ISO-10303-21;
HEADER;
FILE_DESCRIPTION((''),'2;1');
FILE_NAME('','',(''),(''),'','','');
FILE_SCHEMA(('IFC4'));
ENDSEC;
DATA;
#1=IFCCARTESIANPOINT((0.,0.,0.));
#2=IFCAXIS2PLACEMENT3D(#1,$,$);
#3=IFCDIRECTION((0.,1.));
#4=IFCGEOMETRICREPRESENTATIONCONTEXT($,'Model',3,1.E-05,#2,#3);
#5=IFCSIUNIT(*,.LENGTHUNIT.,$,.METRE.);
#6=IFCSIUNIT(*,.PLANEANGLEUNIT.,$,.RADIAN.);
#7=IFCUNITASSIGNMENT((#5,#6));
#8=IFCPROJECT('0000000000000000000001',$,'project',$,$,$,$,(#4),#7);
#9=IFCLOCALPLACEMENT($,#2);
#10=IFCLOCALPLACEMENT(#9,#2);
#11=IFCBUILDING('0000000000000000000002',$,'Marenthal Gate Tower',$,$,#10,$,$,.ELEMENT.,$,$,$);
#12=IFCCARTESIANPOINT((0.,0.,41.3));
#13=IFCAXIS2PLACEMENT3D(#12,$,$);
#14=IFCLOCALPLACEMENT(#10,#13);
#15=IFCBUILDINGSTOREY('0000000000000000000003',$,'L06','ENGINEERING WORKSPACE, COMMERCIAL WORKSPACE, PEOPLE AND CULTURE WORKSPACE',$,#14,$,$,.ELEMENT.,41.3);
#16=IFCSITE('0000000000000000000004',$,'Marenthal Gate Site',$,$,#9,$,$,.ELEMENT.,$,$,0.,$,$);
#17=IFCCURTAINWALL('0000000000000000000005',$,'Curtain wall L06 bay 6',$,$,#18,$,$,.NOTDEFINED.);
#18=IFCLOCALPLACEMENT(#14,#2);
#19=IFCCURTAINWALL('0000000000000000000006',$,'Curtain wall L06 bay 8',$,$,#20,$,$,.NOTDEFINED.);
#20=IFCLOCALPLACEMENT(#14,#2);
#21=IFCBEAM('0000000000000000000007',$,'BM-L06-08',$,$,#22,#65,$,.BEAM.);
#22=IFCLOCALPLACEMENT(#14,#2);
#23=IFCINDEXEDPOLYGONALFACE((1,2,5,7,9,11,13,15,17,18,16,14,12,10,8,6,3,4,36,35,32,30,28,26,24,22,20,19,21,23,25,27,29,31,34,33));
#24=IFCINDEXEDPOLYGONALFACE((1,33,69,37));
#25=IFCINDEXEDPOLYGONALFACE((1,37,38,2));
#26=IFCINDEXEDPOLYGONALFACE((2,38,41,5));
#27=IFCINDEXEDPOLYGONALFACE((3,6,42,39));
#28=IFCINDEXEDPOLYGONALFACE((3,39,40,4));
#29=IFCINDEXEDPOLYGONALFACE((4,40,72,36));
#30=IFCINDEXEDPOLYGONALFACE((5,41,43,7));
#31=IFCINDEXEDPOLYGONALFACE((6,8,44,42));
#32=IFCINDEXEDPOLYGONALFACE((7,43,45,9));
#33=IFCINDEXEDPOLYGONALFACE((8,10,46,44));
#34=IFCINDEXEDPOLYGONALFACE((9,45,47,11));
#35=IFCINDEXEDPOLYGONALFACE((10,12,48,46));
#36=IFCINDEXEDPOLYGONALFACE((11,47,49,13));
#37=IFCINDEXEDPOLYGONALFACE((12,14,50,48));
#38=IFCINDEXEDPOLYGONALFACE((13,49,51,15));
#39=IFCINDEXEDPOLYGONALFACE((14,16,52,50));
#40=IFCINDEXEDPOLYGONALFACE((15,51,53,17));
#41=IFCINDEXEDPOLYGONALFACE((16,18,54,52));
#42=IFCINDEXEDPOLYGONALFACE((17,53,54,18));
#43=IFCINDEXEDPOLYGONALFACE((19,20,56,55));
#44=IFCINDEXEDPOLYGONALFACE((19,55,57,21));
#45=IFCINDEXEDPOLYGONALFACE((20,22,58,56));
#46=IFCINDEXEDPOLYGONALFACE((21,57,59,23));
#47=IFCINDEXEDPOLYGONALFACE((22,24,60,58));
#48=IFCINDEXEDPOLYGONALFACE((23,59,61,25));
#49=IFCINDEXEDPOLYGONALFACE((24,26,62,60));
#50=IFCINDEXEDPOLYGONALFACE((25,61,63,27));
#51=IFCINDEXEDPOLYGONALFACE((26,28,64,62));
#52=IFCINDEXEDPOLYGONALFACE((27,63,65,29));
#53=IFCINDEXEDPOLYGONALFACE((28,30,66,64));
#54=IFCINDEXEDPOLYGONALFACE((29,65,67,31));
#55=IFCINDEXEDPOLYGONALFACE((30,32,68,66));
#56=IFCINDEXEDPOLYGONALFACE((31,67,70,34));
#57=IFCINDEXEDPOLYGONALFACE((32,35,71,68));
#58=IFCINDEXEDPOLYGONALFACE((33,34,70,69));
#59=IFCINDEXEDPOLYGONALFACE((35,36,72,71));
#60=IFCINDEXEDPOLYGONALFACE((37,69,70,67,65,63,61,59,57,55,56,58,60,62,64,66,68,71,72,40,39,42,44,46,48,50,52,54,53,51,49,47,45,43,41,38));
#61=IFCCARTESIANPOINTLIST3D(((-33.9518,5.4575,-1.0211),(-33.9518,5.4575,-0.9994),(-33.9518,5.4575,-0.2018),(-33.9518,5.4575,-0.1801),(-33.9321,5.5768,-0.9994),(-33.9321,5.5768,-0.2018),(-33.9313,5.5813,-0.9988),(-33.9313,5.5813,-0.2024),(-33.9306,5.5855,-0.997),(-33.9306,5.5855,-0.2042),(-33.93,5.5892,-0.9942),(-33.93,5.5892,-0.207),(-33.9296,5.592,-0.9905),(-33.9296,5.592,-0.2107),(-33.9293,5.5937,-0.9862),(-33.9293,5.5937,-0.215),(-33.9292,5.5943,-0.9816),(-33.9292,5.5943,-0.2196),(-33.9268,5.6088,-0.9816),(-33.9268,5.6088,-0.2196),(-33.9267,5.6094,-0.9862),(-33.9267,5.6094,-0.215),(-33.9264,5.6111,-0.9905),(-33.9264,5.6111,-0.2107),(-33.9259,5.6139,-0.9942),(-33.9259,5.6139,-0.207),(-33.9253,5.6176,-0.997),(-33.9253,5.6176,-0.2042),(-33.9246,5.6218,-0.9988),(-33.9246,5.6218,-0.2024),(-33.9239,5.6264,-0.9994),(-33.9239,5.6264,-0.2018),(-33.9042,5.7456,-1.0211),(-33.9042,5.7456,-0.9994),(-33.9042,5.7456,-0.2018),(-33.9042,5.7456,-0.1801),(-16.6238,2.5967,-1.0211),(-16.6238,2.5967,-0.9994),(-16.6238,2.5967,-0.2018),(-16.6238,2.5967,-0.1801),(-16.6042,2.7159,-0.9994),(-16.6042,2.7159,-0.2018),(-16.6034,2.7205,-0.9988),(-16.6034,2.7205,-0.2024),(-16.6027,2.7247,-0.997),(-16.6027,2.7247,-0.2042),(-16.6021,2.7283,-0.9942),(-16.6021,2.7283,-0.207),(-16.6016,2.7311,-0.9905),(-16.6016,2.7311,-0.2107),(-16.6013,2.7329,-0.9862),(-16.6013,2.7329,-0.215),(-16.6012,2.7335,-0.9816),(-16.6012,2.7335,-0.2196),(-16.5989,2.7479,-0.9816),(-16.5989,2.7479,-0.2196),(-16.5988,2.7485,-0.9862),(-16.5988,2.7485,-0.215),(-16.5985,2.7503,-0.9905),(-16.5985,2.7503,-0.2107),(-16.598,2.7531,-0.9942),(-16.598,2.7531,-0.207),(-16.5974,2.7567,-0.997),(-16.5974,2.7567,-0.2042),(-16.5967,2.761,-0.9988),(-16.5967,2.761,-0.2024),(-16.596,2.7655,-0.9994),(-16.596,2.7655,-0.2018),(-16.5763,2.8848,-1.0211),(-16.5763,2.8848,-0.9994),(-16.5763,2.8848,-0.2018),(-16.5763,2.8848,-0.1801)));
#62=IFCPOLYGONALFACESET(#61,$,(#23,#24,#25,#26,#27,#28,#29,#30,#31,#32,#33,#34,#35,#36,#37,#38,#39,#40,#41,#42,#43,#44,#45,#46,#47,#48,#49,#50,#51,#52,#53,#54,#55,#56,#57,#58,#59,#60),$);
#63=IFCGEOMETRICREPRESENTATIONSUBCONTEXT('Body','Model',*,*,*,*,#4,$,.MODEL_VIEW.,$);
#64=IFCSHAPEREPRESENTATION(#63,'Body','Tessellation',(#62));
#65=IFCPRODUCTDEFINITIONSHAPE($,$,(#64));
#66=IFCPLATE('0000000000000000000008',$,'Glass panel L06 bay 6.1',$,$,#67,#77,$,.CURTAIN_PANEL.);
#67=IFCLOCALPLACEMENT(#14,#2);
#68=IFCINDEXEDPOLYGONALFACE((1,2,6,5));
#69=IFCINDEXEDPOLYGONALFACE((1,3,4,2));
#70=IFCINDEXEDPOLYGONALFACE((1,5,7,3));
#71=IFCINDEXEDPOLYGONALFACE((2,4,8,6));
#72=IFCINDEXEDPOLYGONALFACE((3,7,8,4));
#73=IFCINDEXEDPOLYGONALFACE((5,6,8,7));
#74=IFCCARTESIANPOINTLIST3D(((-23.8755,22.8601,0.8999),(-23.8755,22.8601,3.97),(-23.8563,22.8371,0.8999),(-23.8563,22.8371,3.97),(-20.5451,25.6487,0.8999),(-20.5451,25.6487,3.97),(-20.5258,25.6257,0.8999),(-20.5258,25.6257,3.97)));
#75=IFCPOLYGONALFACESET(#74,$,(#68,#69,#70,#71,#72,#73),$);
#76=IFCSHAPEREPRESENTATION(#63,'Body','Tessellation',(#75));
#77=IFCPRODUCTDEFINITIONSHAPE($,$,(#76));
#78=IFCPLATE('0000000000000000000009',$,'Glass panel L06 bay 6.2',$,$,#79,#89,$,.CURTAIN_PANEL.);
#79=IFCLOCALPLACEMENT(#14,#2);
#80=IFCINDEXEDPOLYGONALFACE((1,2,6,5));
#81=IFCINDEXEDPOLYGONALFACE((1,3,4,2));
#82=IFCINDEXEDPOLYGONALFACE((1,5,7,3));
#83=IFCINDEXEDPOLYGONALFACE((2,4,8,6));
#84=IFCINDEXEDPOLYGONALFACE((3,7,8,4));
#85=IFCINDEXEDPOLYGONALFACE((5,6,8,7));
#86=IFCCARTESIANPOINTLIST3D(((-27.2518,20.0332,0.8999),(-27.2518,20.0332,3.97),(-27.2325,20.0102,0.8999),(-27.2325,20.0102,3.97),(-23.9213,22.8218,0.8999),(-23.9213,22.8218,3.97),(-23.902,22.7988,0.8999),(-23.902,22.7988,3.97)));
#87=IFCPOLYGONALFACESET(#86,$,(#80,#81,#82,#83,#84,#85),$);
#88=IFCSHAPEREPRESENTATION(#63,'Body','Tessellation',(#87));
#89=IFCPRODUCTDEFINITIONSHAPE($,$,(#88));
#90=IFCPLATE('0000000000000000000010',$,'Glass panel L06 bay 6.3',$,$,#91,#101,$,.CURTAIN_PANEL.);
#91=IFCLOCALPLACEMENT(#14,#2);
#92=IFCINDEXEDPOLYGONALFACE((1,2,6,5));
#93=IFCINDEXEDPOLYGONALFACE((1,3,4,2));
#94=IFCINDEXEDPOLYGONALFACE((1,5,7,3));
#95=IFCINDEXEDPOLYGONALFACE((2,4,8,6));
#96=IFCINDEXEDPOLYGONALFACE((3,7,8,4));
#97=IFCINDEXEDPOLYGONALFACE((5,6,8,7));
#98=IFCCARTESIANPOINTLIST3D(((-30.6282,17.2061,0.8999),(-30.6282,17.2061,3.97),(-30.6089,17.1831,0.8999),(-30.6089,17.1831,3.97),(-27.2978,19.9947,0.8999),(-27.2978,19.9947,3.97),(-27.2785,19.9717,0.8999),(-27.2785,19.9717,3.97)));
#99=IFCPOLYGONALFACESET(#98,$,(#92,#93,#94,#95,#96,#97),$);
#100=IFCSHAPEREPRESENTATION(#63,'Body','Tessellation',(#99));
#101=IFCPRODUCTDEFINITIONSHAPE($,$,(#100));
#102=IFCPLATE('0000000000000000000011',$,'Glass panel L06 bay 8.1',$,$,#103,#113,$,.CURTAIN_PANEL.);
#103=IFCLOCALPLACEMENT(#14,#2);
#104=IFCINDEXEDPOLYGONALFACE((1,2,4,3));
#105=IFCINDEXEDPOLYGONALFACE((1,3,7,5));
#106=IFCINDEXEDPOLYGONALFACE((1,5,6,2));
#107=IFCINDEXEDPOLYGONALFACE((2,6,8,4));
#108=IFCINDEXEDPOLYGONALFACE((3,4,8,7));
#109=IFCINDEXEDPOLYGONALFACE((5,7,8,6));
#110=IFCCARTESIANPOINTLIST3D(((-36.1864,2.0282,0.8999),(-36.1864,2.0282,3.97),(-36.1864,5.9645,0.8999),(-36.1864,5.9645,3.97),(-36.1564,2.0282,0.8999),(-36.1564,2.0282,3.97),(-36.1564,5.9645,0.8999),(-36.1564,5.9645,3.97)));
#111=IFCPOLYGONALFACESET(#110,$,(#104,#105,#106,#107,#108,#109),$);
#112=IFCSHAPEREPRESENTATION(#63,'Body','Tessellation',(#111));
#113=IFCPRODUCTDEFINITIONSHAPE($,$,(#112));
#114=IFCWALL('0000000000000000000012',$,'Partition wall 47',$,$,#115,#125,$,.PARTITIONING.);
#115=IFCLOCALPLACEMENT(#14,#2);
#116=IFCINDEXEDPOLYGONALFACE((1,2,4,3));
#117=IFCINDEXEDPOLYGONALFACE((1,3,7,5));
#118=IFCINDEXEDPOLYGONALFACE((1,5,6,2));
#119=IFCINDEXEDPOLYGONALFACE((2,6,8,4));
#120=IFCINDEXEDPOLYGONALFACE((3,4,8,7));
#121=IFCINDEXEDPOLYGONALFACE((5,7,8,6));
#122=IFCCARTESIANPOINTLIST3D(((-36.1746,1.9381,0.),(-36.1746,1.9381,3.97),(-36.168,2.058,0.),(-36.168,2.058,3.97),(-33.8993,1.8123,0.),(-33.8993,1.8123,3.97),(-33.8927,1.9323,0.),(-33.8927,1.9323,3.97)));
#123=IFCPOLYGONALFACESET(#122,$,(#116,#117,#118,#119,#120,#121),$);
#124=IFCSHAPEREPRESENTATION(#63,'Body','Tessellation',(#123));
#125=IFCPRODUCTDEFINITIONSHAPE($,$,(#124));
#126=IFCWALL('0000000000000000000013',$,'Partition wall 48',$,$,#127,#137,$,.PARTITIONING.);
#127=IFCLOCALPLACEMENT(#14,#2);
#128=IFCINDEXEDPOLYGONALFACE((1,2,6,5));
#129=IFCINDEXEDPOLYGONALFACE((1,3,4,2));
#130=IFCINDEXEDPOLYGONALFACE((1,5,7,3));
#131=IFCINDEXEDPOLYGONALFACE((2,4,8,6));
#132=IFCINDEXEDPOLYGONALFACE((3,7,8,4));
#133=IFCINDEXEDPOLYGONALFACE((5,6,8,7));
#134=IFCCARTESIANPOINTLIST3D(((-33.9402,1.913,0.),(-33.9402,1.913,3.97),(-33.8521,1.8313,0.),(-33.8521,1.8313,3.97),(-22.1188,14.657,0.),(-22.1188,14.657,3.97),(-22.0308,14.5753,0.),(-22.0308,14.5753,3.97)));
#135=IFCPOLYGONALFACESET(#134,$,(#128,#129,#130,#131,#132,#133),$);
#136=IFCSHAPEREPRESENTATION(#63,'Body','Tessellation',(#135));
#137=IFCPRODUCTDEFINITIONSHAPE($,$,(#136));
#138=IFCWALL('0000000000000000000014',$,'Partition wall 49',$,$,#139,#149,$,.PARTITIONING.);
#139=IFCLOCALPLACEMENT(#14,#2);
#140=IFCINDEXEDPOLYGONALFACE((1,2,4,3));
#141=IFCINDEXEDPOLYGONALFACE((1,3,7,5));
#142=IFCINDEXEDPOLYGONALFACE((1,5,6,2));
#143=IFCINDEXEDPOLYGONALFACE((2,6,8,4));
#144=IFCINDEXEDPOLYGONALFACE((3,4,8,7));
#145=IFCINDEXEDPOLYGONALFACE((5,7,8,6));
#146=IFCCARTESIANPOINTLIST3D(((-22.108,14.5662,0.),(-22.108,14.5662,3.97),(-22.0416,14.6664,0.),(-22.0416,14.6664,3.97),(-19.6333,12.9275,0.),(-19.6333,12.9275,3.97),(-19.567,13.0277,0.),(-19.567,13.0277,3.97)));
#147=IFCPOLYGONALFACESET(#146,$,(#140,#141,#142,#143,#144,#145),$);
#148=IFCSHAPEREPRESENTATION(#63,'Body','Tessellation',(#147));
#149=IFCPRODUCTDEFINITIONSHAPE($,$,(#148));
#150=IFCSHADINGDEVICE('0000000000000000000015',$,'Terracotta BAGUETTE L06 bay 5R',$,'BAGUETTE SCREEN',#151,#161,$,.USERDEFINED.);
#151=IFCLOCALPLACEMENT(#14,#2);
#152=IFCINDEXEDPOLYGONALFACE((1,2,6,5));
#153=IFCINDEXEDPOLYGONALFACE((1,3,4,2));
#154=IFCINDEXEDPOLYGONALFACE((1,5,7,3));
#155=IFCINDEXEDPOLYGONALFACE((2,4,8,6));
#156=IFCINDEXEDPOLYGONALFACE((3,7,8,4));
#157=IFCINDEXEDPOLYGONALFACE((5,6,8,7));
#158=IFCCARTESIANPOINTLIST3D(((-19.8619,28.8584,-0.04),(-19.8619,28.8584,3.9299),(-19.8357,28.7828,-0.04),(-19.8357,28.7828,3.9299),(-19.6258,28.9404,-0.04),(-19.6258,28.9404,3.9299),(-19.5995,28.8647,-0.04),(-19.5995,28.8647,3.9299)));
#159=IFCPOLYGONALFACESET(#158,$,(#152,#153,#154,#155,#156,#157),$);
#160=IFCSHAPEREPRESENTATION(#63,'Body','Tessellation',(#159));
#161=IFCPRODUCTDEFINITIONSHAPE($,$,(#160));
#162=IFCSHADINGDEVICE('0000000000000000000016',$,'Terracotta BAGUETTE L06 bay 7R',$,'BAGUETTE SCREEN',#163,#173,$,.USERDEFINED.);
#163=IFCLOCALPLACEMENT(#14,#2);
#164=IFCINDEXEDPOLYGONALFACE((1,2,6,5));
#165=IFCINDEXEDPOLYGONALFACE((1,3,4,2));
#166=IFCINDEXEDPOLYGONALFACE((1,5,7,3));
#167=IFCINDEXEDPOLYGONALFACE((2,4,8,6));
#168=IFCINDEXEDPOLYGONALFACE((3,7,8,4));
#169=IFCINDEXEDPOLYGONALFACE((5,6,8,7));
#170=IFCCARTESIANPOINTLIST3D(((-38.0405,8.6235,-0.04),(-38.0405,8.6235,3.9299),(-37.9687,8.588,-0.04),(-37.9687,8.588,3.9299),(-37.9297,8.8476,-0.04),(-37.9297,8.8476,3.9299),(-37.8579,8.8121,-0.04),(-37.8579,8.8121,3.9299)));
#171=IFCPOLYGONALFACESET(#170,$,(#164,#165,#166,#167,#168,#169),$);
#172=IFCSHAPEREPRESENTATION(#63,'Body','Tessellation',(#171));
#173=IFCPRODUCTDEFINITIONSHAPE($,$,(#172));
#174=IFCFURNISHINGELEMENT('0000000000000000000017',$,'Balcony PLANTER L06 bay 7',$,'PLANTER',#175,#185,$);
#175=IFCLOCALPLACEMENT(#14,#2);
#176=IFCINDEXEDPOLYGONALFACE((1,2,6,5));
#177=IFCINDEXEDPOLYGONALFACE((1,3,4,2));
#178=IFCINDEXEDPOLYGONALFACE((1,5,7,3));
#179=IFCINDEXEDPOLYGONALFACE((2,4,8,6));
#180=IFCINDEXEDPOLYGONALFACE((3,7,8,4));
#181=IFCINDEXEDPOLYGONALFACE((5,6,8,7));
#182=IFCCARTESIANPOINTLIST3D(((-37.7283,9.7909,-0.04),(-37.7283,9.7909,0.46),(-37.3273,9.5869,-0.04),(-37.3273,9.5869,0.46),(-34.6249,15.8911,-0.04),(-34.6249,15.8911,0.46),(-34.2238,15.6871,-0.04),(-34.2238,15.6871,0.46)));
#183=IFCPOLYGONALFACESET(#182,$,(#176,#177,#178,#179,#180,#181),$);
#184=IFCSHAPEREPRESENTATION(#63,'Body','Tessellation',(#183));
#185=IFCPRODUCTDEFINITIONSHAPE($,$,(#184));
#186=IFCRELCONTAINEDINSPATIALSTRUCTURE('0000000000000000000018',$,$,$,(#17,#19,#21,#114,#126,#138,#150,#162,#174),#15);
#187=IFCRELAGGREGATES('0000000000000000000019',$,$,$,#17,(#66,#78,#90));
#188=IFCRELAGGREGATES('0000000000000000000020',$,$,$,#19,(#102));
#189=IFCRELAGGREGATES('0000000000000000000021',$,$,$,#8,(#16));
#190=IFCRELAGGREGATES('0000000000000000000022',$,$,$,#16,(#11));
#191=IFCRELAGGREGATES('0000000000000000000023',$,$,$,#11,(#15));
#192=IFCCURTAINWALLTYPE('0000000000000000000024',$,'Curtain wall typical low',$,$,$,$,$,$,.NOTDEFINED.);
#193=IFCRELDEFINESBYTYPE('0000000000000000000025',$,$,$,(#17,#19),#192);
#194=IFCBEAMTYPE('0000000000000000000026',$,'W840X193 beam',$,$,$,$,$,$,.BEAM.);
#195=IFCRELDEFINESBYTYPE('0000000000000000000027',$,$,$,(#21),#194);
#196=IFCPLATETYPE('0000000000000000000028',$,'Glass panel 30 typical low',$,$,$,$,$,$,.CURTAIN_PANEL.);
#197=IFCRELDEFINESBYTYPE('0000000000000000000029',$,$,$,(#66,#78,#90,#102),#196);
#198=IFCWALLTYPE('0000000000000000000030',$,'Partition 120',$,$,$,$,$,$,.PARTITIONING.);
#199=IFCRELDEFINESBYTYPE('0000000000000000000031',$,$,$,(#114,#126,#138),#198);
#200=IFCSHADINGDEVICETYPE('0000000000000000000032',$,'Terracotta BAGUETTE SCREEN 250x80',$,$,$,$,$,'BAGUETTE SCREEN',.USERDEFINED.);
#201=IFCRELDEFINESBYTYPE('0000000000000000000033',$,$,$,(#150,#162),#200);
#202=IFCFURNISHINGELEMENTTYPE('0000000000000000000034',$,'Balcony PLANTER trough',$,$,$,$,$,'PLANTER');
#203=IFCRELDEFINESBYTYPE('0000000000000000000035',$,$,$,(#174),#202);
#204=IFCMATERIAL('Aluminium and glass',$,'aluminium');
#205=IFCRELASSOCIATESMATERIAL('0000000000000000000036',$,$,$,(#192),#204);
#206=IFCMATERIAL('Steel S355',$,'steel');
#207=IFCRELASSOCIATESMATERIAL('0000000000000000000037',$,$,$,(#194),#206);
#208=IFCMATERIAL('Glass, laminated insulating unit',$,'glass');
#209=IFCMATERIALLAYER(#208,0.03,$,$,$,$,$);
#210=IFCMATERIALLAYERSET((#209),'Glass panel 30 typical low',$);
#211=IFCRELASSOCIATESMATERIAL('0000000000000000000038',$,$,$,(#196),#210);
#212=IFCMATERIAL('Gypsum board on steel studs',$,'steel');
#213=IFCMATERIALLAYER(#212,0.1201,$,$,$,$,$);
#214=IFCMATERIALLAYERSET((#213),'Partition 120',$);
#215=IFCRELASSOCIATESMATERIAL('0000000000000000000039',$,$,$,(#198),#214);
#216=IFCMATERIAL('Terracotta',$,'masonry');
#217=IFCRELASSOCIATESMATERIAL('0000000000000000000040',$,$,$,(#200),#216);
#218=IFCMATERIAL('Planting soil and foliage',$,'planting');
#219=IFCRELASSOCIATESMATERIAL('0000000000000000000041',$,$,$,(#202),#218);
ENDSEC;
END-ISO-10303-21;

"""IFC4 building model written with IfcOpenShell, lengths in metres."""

from ifc_helpers import new_model, si_unit, direction, frame, frame_2d, origin, origin_2d, place, context, subcontext, project, spatial, rectangle, i_section, extrude, material, layer, layer_set, material_profile, profile_set, type_object, element, aggregate, save


model = new_model("IFC4")

# Units and contexts
model_context = context("Model", 3, precision=1e-05, world=origin(), true_north=direction((0.0, 1.0)))
body_context = subcontext(model_context, "Body", "Model", "MODEL_VIEW")
ifc_project = project(units=[si_unit("LENGTHUNIT", "METRE"), si_unit("PLANEANGLEUNIT", "RADIAN")], contexts=[model_context])

# Site, building, storey
site_placement = place(None, origin())
site = spatial("IfcSite", under=ifc_project, at=site_placement, Name="Marenthal Gate Site", CompositionType="ELEMENT", RefElevation=0.0)
building_placement = place(site_placement, origin())
building = spatial("IfcBuilding", under=site, at=building_placement, Name="Marenthal Gate Tower", CompositionType="ELEMENT")
storey_placement = place(building_placement, frame((0.0, 0.0, 41.3)))
storey = spatial("IfcBuildingStorey", under=building, at=storey_placement, Name="L06", Description="ENGINEERING WORKSPACE, COMMERCIAL WORKSPACE, PEOPLE AND CULTURE WORKSPACE", CompositionType="ELEMENT", Elevation=41.3)

# Curtain walls
ifc_material_1 = material(Name="Aluminium and glass", Category="aluminium")
curtain_wall_type = type_object("IfcCurtainWallType", Name="Curtain wall typical low", PredefinedType="NOTDEFINED", material=ifc_material_1)
curtain_wall_1_placement = place(storey_placement, origin())
curtain_wall_1 = element("IfcCurtainWall", 1, at=curtain_wall_1_placement, inside=storey, type_object=curtain_wall_type, Name="Curtain wall L06 bay 6", PredefinedType="NOTDEFINED")
curtain_wall_2_placement = place(storey_placement, origin())
curtain_wall_2 = element("IfcCurtainWall", 2, at=curtain_wall_2_placement, inside=storey, type_object=curtain_wall_type, Name="Curtain wall L06 bay 8", PredefinedType="NOTDEFINED")

# Beam
ifc_material_2 = material(Name="Steel S355", Category="steel")
ifc_material_profile_1 = material_profile(ifc_material_2, i_section(OverallWidth=0.292, OverallDepth=0.8411, WebThickness=0.0146, FlangeThickness=0.0217, FilletRadius=0.0178, at=origin_2d()), Name="W840X193")
ifc_profile_set_1 = profile_set([ifc_material_profile_1], Name="Steel S355")
beam_type_1 = type_object("IfcBeamType", Name="W840X193 beam", PredefinedType="BEAM", material=ifc_profile_set_1)
beam_1_placement = place(storey_placement, frame((-33.928, 5.6016, -0.6006), z_axis=(0.986643, -0.162895, 0.0), x_axis=(0.162895, 0.986643, 0.0)))
element("IfcBeam", 3, at=beam_1_placement, inside=storey, type_object=beam_type_1, Name="BM-L06-08", PredefinedType="BEAM", context=body_context, shape_type="SweptSolid", body=[
    extrude(i_section(OverallWidth=0.292, OverallDepth=0.8411, WebThickness=0.0146, FlangeThickness=0.0217, FilletRadius=0.0178, at=origin_2d()), origin(), (0.0, 0.0, 1.0), 17.5625),
])

# Plates
ifc_material_3 = material(Name="Glass, laminated insulating unit", Category="glass")
ifc_layer_1 = layer(ifc_material_3, 0.03)
ifc_layer_set_1 = layer_set([ifc_layer_1], Name="Glass panel 30 typical low")
plate_type = type_object("IfcPlateType", Name="Glass panel 30 typical low", PredefinedType="CURTAIN_PANEL", material=ifc_layer_set_1)
plate_1_placement = place(storey_placement, frame((-22.2007, 24.2429, 0.8999), z_axis=(0.0, 0.0, 1.0), x_axis=(-0.76672, -0.641982, 0.0)))
plate_1 = element("IfcPlate", 4, at=plate_1_placement, type_object=plate_type, Name="Glass panel L06 bay 6.1", PredefinedType="CURTAIN_PANEL", context=body_context, shape_type="SweptSolid", body=[
    extrude(rectangle(XDim=4.3438, YDim=0.03, at=origin_2d()), origin(), (0.0, 0.0, 1.0), 3.0701),
])
plate_2_placement = place(storey_placement, frame((-25.5769, 21.416, 0.8999), z_axis=(0.0, 0.0, 1.0), x_axis=(-0.76672, -0.641982, 0.0)))
plate_2 = element("IfcPlate", 5, at=plate_2_placement, type_object=plate_type, Name="Glass panel L06 bay 6.2", PredefinedType="CURTAIN_PANEL", context=body_context, shape_type="SweptSolid", body=[
    extrude(rectangle(XDim=4.3438, YDim=0.03, at=origin_2d()), origin(), (0.0, 0.0, 1.0), 3.0701),
])
plate_3_placement = place(storey_placement, frame((-28.9534, 18.5889, 0.8999), z_axis=(0.0, 0.0, 1.0), x_axis=(-0.76672, -0.641982, 0.0)))
plate_3 = element("IfcPlate", 6, at=plate_3_placement, type_object=plate_type, Name="Glass panel L06 bay 6.3", PredefinedType="CURTAIN_PANEL", context=body_context, shape_type="SweptSolid", body=[
    extrude(rectangle(XDim=4.3438, YDim=0.03, at=origin_2d()), origin(), (0.0, 0.0, 1.0), 3.0701),
])
aggregate(curtain_wall_1, [plate_1, plate_2, plate_3])
plate_4_placement = place(storey_placement, frame((-36.1714, 3.9963, 0.8999), z_axis=(0.0, 0.0, 1.0), x_axis=(0.0, -1.0, 0.0)))
plate_4 = element("IfcPlate", 7, at=plate_4_placement, type_object=plate_type, Name="Glass panel L06 bay 8.1", PredefinedType="CURTAIN_PANEL", context=body_context, shape_type="SweptSolid", body=[
    extrude(rectangle(XDim=3.9363, YDim=0.03, at=origin_2d()), origin(), (0.0, 0.0, 1.0), 3.0701),
])
aggregate(curtain_wall_2, [plate_4])

# Walls
ifc_material_4 = material(Name="Gypsum board on steel studs", Category="steel")
ifc_layer_2 = layer(ifc_material_4, 0.1201)
ifc_layer_set_2 = layer_set([ifc_layer_2], Name="Partition 120")
wall_type_1 = type_object("IfcWallType", Name="Partition 120", PredefinedType="PARTITIONING", material=ifc_layer_set_2)
wall_1_placement = place(storey_placement, frame((-33.896, 1.8723, 0.0), z_axis=(0.0, 0.0, 1.0), x_axis=(-0.998477, 0.055173, 0.0)))
element("IfcWall", 8, at=wall_1_placement, inside=storey, type_object=wall_type_1, Name="Partition wall 47", PredefinedType="PARTITIONING", context=body_context, shape_type="SweptSolid", body=[
    extrude(rectangle(XDim=2.2788, YDim=0.1201, at=frame_2d((1.1394, 0.0))), origin(), (0.0, 0.0, 1.0), 3.97),
])
wall_2_placement = place(storey_placement, frame((-22.0747, 14.6162, 0.0), z_axis=(0.0, 0.0, 1.0), x_axis=(-0.68007, -0.733147, 0.0)))
element("IfcWall", 9, at=wall_2_placement, inside=storey, type_object=wall_type_1, Name="Partition wall 48", PredefinedType="PARTITIONING", context=body_context, shape_type="SweptSolid", body=[
    extrude(rectangle(XDim=17.3826, YDim=0.1201, at=frame_2d((8.6914, 0.0))), origin(), (0.0, 0.0, 1.0), 3.97),
])
wall_3_placement = place(storey_placement, frame((-22.0747, 14.6162, 0.0), z_axis=(0.0, 0.0, 1.0), x_axis=(0.833767, -0.552116, 0.0)))
element("IfcWall", 10, at=wall_3_placement, inside=storey, type_object=wall_type_1, Name="Partition wall 49", PredefinedType="PARTITIONING", context=body_context, shape_type="SweptSolid", body=[
    extrude(rectangle(XDim=2.968, YDim=0.1201, at=frame_2d((1.4839, 0.0))), origin(), (0.0, 0.0, 1.0), 3.97),
])

# Shading devices
ifc_material_5 = material(Name="Terracotta", Category="masonry")
ifc_material_profile_2 = material_profile(ifc_material_5, rectangle(XDim=0.25, YDim=0.0801, at=origin_2d()), Name="Terracotta baguette 250x80")
ifc_profile_set_2 = profile_set([ifc_material_profile_2], Name="Terracotta")
shading_device_type = type_object("IfcShadingDeviceType", Name="Terracotta BAGUETTE SCREEN 250x80", ElementType="BAGUETTE SCREEN", PredefinedType="USERDEFINED", material=ifc_profile_set_2)
for number, where, z_axis, x_axis, name in (
    (11, (-19.7307, 28.8616, -0.04), (0.0, 0.0, 1.0), (-0.944708, -0.327912, 0.0), "Terracotta BAGUETTE L06 bay 5R"),
    (12, (-37.9492, 8.7178, -0.04), (0.0, 0.0, 1.0), (-0.44312, -0.896462, 0.0), "Terracotta BAGUETTE L06 bay 7R"),
):
    element("IfcShadingDevice", number, at=place(storey_placement, frame(where, z_axis=z_axis, x_axis=x_axis)), inside=storey, type_object=shading_device_type, Name=name, ObjectType="BAGUETTE SCREEN", PredefinedType="USERDEFINED", context=body_context, shape_type="SweptSolid", body=[
        extrude(rectangle(XDim=0.25, YDim=0.0801, at=origin_2d()), origin(), (0.0, 0.0, 1.0), 3.97),
    ])

# Furnishing element
ifc_material_6 = material(Name="Planting soil and foliage", Category="planting")
furnishing_element_type = type_object("IfcFurnishingElementType", Name="Balcony PLANTER trough", ElementType="PLANTER", material=ifc_material_6)
furnishing_placement = place(storey_placement, frame((-35.9761, 12.739, -0.04), z_axis=(0.0, 0.0, 1.0), x_axis=(-0.453437, -0.891288, 0.0)))
element("IfcFurnishingElement", 13, at=furnishing_placement, inside=storey, type_object=furnishing_element_type, Name="Balcony PLANTER L06 bay 7", ObjectType="PLANTER", context=body_context, shape_type="SweptSolid", body=[
    extrude(rectangle(XDim=6.8442, YDim=0.45, at=origin_2d()), origin(), (0.0, 0.0, 1.0), 0.5),
])

save(model, "model.ifc")
